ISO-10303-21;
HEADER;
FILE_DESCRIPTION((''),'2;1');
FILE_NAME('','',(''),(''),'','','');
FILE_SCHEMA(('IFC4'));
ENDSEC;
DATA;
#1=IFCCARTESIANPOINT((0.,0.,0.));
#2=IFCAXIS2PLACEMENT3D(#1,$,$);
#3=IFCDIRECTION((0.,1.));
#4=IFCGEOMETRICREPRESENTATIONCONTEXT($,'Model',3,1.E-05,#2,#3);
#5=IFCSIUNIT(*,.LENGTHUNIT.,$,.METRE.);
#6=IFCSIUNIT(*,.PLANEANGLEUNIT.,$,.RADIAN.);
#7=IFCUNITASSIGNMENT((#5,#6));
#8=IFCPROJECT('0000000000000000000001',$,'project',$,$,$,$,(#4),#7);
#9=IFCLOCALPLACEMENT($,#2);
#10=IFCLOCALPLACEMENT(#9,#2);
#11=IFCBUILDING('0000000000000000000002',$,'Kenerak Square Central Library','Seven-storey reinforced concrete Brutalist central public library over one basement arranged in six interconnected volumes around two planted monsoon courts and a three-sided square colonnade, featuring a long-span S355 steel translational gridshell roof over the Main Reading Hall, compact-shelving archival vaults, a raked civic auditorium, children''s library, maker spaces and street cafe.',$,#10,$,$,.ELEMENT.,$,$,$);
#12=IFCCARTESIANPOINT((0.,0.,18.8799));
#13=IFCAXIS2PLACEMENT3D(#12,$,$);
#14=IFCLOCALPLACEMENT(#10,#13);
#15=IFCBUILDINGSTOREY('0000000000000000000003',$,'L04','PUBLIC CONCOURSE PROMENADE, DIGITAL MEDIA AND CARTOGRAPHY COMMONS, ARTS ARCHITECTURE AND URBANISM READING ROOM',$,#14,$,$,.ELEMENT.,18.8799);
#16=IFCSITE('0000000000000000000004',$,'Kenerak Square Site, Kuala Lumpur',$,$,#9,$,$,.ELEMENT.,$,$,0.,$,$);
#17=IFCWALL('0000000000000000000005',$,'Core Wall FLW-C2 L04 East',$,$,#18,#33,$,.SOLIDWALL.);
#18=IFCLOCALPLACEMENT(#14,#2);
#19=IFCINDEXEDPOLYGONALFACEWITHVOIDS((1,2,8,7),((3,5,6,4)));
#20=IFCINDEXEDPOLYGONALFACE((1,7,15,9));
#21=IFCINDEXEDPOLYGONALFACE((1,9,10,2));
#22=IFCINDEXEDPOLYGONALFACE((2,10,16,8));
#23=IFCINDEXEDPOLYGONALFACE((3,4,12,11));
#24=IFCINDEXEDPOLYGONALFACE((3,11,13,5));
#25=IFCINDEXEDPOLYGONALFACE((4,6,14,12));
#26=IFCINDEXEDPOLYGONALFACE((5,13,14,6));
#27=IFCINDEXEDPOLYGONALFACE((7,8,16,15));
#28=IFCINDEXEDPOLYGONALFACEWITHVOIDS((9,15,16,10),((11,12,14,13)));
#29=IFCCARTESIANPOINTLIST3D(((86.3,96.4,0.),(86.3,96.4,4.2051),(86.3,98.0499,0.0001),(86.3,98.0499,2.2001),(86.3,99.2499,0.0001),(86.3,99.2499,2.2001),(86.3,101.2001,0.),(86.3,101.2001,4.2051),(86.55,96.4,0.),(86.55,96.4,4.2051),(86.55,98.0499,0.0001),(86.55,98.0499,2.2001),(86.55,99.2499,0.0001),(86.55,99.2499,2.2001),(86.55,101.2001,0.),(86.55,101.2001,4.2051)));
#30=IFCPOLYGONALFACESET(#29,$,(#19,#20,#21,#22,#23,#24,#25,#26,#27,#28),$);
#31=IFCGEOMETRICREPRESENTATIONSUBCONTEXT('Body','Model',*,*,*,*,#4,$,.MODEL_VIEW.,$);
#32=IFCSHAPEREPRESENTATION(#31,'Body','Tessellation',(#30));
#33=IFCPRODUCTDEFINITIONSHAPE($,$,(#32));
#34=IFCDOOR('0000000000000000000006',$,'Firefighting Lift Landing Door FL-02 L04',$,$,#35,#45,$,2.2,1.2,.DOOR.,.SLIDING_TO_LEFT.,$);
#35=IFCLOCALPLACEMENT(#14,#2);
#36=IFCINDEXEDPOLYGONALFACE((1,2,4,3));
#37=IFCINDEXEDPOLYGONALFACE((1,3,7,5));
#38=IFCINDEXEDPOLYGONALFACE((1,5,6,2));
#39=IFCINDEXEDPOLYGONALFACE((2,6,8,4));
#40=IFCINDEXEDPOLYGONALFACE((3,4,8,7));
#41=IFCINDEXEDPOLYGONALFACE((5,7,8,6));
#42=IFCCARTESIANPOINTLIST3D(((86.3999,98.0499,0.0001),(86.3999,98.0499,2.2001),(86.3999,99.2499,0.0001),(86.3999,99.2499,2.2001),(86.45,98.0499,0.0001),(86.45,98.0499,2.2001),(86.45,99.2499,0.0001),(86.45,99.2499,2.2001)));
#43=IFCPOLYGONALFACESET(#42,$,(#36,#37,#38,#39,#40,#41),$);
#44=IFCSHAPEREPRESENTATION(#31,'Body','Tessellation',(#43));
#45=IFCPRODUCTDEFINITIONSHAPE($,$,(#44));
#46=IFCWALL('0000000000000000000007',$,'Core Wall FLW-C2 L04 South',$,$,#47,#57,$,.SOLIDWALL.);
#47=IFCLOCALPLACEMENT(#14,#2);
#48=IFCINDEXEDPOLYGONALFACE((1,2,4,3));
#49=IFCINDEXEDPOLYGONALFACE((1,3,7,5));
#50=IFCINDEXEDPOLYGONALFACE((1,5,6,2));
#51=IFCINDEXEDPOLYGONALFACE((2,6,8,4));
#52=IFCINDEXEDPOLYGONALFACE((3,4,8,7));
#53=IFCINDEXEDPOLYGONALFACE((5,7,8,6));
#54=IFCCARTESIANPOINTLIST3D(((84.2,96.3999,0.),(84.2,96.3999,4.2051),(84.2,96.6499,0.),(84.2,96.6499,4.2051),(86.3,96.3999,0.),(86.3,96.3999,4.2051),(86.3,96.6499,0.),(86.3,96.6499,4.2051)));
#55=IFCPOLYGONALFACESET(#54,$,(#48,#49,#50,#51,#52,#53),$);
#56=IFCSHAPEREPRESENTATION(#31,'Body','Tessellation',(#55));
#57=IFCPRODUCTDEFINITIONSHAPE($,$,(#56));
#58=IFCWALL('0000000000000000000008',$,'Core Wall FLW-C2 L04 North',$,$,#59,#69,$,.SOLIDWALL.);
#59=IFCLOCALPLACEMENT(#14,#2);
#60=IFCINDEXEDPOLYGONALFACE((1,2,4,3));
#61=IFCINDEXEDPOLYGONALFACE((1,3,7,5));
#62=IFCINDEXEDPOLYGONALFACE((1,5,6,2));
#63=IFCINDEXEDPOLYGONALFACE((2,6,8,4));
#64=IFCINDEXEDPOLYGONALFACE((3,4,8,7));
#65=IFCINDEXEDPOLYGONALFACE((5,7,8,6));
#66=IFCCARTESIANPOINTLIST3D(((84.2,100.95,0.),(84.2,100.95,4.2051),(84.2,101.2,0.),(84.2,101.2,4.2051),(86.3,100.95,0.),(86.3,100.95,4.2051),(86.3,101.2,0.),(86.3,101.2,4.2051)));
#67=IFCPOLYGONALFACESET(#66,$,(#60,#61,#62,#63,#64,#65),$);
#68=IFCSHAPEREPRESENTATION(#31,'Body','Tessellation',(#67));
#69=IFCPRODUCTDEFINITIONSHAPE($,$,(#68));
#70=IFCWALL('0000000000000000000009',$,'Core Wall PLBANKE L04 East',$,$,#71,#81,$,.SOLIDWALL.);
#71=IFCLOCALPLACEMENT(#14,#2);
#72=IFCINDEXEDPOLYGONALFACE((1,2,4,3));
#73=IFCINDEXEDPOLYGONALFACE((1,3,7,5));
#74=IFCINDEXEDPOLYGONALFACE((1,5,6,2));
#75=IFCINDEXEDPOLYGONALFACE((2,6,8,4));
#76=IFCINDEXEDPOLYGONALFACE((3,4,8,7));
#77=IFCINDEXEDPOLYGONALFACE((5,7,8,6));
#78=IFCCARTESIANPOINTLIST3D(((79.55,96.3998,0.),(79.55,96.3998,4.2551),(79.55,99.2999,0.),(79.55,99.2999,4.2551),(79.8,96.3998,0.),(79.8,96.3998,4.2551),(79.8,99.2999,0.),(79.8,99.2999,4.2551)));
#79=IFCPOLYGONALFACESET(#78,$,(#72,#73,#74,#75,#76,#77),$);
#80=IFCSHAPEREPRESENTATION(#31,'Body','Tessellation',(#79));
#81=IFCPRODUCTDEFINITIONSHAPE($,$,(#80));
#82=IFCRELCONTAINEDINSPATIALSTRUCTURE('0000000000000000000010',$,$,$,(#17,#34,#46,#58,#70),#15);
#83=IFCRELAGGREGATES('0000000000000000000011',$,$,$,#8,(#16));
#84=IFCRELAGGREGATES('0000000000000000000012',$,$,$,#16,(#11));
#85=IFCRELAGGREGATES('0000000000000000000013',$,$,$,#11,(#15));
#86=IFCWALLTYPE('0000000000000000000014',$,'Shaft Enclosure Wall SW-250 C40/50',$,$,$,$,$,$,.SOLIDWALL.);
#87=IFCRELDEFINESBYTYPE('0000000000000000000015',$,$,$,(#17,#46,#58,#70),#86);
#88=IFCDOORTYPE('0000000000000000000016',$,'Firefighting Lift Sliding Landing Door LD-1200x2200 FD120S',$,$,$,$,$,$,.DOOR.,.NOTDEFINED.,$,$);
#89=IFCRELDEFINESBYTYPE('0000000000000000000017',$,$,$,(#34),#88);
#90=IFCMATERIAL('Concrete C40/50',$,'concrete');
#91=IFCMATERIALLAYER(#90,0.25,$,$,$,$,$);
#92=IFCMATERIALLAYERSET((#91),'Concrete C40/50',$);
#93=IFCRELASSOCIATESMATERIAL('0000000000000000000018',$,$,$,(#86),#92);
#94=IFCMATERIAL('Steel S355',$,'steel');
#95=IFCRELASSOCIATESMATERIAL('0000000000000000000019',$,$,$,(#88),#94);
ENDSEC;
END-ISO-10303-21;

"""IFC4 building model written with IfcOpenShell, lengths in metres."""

from ifc_helpers import new_model, si_unit, direction, frame, frame_2d, origin, place, context, subcontext, project, spatial, rectangle, extrude, material, layer, layer_set, type_object, element, fill, save


model = new_model("IFC4")

# Units and contexts
model_context = context("Model", 3, precision=1e-05, world=origin(), true_north=direction((0.0, 1.0)))
body_context = subcontext(model_context, "Body", "Model", "MODEL_VIEW")
ifc_project = project(units=[si_unit("LENGTHUNIT", "METRE"), si_unit("PLANEANGLEUNIT", "RADIAN")], contexts=[model_context])

# Site, building, storey
site_placement = place(None, origin())
site = spatial("IfcSite", under=ifc_project, at=site_placement, Name="Kenerak Square Site, Kuala Lumpur", CompositionType="ELEMENT", RefElevation=0.0)
building_placement = place(site_placement, origin())
building = spatial("IfcBuilding", under=site, at=building_placement, Name="Kenerak Square Central Library", Description="Seven-storey reinforced concrete Brutalist central public library over one basement arranged in six interconnected volumes around two planted monsoon courts and a three-sided square colonnade, featuring a long-span S355 steel translational gridshell roof over the Main Reading Hall, compact-shelving archival vaults, a raked civic auditorium, children's library, maker spaces and street cafe.", CompositionType="ELEMENT")
storey_placement = place(building_placement, frame((0.0, 0.0, 18.8799)))
storey = spatial("IfcBuildingStorey", under=building, at=storey_placement, Name="L04", Description="PUBLIC CONCOURSE PROMENADE, DIGITAL MEDIA AND CARTOGRAPHY COMMONS, ARTS ARCHITECTURE AND URBANISM READING ROOM", CompositionType="ELEMENT", Elevation=18.8799)

# Shared definitions
ifc_material_1 = material(Name="Concrete C40/50", Category="concrete")

# Shared definitions
ifc_layer_1 = layer(ifc_material_1, 0.25)
ifc_layer_set_1 = layer_set([ifc_layer_1], Name="Concrete C40/50")
wall_type_1 = type_object("IfcWallType", Name="Shaft Enclosure Wall SW-250 C40/50", PredefinedType="SOLIDWALL", material=ifc_layer_set_1)

# Wall, opening, door
wall_1_placement = place(storey_placement, frame((86.425, 101.2, 0.0), z_axis=(0.0, 0.0, 1.0), x_axis=(0.0, -1.0, 0.0)))
wall_1 = element("IfcWall", 1, at=wall_1_placement, inside=storey, type_object=wall_type_1, Name="Core Wall FLW-C2 L04 East", PredefinedType="SOLIDWALL", context=body_context, shape_type="SweptSolid", body=[
    extrude(rectangle(XDim=4.8, YDim=0.25, at=frame_2d((2.3999, 0.0))), origin(), (0.0, 0.0, 1.0), 4.2051),
])
opening_placement = place(wall_1_placement, frame((1.95, 0.0, 0.0)))
opening = element("IfcOpeningElement", 2, at=opening_placement, cuts=wall_1, PredefinedType="OPENING", context=body_context, shape_type="SweptSolid", body=[
    extrude(rectangle(XDim=1.2, YDim=2.2, at=frame_2d((0.6001, 1.1001))), frame((0.0, 0.135, 0.0), z_axis=(0.0, -1.0, 0.0), x_axis=(1.0, 0.0, 0.0)), (0.0, 0.0, 1.0), 0.27),
])
ifc_material_2 = material(Name="Steel S355", Category="steel")
door_type = type_object("IfcDoorType", Name="Firefighting Lift Sliding Landing Door LD-1200x2200 FD120S", OperationType="NOTDEFINED", PredefinedType="DOOR", material=ifc_material_2)
door_placement = place(opening_placement, origin())
door = element("IfcDoor", 3, at=door_placement, inside=storey, type_object=door_type, Name="Firefighting Lift Landing Door FL-02 L04", OperationType="SLIDING_TO_LEFT", OverallHeight=2.2, OverallWidth=1.2, PredefinedType="DOOR", context=body_context, shape_type="SweptSolid", body=[
    extrude(rectangle(XDim=1.2, YDim=2.2, at=frame_2d((0.6001, 1.1001))), frame((0.0, 0.0249, 0.0), z_axis=(0.0, -1.0, 0.0), x_axis=(1.0, 0.0, 0.0)), (0.0, 0.0, 1.0), 0.05),
])
fill(opening, door)

# Walls
for number, where, z_axis, x_axis, name in (
    (4, (86.3, 96.5249, 0.0), (0.0, 0.0, 1.0), (-1.0, 0.0, 0.0), "Core Wall FLW-C2 L04 South"),
    (5, (84.2, 101.075, 0.0), (0.0, 0.0, 1.0), (1.0, 0.0, 0.0), "Core Wall FLW-C2 L04 North"),
):
    element("IfcWall", number, at=place(storey_placement, frame(where, z_axis=z_axis, x_axis=x_axis)), inside=storey, type_object=wall_type_1, Name=name, PredefinedType="SOLIDWALL", context=body_context, shape_type="SweptSolid", body=[
        extrude(rectangle(XDim=2.1001, YDim=0.25, at=frame_2d((1.05, 0.0))), origin(), (0.0, 0.0, 1.0), 4.2051),
    ])
wall_2_placement = place(storey_placement, frame((79.675, 99.3, 0.0), z_axis=(0.0, 0.0, 1.0), x_axis=(0.0, -1.0, 0.0)))
element("IfcWall", 6, at=wall_2_placement, inside=storey, type_object=wall_type_1, Name="Core Wall PLBANKE L04 East", PredefinedType="SOLIDWALL", context=body_context, shape_type="SweptSolid", body=[
    extrude(rectangle(XDim=2.9001, YDim=0.25, at=frame_2d((1.4502, 0.0))), origin(), (0.0, 0.0, 1.0), 4.2551),
])

save(model, "model.ifc")
